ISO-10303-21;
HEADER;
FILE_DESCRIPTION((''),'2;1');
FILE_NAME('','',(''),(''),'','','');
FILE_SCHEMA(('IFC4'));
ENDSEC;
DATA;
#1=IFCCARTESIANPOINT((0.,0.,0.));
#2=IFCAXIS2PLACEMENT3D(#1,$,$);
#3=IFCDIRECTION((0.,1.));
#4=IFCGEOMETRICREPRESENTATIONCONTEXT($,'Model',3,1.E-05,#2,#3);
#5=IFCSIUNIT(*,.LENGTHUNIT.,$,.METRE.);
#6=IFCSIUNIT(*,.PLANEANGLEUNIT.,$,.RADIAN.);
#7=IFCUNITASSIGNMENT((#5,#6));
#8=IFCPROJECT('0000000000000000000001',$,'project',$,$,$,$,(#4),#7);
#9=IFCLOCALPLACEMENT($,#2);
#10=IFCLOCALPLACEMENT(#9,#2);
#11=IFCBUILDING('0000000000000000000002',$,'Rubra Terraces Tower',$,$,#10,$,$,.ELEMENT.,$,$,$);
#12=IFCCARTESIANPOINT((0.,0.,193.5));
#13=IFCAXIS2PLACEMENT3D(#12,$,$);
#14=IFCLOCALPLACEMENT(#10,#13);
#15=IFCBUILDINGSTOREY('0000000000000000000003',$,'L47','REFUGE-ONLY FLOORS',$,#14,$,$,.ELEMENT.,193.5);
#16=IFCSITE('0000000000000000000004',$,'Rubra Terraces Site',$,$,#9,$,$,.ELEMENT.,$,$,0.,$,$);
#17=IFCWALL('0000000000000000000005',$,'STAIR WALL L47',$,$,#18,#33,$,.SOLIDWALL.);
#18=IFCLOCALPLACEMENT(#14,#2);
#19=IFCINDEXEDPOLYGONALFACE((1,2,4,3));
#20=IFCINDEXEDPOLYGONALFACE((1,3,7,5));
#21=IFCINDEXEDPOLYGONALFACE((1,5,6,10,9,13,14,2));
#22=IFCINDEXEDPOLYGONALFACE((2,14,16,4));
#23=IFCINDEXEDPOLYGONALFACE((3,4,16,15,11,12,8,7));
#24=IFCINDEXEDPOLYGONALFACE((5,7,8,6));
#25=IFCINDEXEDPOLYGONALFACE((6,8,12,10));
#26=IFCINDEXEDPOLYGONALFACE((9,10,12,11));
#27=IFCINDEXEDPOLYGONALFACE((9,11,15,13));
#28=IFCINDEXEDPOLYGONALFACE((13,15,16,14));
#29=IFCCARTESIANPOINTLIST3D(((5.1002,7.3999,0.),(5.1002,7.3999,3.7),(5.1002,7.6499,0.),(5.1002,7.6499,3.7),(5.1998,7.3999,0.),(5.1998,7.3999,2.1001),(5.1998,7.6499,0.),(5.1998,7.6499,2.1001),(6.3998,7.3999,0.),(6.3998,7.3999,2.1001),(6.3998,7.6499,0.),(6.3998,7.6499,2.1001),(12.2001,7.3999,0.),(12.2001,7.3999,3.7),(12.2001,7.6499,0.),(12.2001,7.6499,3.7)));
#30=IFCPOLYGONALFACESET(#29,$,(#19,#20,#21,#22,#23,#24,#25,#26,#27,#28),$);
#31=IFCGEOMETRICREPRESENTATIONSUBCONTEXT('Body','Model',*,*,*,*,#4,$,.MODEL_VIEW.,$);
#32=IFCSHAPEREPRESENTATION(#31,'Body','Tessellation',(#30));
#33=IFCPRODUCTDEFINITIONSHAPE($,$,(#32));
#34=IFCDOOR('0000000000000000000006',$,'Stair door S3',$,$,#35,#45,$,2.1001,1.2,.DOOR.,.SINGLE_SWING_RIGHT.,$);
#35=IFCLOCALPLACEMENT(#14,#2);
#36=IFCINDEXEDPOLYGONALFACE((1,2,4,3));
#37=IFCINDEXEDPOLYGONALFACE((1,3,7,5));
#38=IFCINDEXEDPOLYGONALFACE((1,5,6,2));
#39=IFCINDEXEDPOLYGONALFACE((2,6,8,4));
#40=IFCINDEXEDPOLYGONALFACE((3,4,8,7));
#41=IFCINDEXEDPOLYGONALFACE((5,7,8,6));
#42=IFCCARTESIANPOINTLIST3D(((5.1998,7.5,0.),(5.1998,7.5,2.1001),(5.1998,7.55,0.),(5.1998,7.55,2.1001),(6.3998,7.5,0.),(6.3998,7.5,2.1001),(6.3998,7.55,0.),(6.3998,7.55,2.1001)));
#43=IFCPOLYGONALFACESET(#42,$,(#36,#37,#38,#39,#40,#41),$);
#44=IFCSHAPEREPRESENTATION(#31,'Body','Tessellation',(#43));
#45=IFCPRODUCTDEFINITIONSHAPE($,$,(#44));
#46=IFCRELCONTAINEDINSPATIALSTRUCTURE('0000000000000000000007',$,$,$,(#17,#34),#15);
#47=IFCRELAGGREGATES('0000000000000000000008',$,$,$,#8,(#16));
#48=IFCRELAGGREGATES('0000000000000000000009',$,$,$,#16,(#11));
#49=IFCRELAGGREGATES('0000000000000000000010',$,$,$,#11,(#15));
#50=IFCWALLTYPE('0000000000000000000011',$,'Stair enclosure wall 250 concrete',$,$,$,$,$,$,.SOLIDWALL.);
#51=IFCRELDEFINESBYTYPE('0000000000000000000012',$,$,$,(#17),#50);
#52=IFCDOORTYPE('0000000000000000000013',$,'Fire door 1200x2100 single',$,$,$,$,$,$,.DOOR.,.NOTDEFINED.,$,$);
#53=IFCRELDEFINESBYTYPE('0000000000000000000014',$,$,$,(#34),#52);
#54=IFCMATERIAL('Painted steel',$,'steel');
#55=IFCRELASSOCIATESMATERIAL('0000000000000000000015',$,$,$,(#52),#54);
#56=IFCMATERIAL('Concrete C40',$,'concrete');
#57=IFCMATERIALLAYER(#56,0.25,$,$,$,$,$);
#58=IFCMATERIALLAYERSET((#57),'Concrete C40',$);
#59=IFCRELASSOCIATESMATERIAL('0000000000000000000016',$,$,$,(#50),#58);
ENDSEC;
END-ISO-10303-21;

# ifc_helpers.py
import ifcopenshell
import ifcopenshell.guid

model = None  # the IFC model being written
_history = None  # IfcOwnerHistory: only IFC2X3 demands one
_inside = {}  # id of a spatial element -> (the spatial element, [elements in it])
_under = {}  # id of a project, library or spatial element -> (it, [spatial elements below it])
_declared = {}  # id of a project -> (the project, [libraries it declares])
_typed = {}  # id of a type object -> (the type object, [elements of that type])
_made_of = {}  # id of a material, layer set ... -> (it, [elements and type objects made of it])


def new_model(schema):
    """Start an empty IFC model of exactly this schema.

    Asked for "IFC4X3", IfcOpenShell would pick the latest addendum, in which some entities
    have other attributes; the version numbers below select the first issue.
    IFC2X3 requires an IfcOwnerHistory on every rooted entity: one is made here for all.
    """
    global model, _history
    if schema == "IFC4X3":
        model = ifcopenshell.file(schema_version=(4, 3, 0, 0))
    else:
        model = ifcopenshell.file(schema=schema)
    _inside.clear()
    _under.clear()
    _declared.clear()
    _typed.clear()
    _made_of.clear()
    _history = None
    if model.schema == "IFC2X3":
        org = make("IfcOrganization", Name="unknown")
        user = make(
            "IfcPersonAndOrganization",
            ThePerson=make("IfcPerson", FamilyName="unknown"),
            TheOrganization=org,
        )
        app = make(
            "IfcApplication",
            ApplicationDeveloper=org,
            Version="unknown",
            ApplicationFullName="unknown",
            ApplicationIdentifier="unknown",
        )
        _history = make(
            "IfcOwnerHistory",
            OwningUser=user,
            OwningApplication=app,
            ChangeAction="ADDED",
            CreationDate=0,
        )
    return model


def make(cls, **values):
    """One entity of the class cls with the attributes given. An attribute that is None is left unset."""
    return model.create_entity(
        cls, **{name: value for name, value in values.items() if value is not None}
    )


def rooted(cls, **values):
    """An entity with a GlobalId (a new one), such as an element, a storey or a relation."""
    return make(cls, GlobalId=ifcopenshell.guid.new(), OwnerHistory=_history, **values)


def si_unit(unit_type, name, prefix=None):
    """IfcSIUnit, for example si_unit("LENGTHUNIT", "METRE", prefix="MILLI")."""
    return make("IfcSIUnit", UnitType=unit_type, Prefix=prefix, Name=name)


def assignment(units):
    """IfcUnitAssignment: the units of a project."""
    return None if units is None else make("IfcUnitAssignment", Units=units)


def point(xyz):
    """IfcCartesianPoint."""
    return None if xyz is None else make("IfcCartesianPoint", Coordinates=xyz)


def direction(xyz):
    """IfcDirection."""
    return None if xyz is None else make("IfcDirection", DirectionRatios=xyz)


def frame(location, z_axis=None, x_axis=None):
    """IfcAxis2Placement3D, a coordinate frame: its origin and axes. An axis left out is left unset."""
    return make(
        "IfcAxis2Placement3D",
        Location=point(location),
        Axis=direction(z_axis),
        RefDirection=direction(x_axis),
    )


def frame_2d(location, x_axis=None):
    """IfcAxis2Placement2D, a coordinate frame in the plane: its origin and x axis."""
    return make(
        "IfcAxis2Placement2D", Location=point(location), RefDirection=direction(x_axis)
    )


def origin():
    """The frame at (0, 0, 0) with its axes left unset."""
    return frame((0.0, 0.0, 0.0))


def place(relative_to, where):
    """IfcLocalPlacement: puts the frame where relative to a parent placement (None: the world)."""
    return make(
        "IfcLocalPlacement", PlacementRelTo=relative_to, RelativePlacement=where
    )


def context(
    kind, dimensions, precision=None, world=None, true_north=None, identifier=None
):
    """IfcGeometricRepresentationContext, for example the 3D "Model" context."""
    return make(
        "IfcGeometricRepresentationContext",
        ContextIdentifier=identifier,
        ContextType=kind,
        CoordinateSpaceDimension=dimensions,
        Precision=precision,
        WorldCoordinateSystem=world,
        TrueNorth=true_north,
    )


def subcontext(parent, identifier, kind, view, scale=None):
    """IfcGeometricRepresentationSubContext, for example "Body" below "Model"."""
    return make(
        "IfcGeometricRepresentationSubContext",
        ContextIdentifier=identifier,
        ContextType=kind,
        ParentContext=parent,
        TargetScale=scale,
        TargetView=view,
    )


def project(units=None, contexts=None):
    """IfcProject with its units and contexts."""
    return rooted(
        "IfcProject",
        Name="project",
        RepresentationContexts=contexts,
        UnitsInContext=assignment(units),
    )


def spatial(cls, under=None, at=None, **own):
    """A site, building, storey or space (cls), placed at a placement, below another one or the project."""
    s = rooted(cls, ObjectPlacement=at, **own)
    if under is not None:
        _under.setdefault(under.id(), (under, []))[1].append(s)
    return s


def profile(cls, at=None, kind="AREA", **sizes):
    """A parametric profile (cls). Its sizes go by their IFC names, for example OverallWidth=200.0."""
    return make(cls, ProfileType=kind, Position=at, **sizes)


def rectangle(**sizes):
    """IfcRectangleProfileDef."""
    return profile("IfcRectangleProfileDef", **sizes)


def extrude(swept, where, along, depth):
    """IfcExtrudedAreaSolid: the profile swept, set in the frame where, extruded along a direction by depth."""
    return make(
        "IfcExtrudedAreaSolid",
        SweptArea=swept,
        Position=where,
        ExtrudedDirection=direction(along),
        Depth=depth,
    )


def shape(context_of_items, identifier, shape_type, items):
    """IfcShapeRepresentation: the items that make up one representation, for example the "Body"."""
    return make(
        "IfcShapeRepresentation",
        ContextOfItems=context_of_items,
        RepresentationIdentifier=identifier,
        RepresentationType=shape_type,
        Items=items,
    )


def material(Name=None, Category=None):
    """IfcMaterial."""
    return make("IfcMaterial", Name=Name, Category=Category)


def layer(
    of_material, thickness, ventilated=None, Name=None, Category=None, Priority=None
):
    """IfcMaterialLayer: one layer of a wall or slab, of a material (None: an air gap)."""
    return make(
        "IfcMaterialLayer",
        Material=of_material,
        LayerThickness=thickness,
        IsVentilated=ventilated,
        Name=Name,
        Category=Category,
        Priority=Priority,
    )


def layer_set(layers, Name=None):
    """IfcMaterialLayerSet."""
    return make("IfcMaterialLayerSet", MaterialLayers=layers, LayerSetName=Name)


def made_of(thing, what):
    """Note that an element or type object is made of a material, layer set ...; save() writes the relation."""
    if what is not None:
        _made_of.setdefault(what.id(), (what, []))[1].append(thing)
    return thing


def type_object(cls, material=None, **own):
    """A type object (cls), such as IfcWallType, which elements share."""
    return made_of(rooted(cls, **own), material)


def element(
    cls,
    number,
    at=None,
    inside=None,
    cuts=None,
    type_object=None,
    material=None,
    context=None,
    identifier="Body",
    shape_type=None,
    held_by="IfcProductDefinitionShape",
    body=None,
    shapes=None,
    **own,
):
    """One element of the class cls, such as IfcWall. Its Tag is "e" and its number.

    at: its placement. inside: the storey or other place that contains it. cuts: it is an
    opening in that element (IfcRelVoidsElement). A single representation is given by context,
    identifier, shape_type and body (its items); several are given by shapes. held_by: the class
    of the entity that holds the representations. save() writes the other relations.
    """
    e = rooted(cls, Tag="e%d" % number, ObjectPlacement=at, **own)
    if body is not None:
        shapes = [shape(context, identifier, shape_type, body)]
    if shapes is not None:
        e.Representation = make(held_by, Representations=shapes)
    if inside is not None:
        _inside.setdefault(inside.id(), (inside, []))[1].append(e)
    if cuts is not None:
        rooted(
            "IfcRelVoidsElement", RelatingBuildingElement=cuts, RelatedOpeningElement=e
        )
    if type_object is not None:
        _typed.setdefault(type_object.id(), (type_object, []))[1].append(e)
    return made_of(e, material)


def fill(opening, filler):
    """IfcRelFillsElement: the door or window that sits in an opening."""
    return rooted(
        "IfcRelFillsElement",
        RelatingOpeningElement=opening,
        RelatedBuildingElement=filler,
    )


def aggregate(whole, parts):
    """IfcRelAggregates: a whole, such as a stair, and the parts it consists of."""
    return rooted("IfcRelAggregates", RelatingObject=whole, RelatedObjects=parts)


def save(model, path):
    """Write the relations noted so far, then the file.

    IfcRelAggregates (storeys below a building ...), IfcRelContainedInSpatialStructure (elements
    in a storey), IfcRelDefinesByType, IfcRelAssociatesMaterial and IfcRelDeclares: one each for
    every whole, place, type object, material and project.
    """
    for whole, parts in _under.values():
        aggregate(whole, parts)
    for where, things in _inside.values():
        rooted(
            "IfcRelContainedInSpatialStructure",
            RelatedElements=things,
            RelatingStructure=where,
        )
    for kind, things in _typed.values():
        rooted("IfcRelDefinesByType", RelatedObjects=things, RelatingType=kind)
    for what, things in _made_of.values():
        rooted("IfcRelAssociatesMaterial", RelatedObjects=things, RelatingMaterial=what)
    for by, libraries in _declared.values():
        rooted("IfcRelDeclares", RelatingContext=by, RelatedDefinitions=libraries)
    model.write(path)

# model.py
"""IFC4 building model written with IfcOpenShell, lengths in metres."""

from ifc_helpers import new_model, si_unit, direction, frame, frame_2d, origin, place, context, subcontext, project, spatial, rectangle, extrude, material, layer, layer_set, type_object, element, fill, save


model = new_model("IFC4")

# Units and contexts
model_context = context("Model", 3, precision=1e-05, world=origin(), true_north=direction((0.0, 1.0)))
body_context = subcontext(model_context, "Body", "Model", "MODEL_VIEW")
ifc_project = project(units=[si_unit("LENGTHUNIT", "METRE"), si_unit("PLANEANGLEUNIT", "RADIAN")], contexts=[model_context])

# Site, building, storey
site_placement = place(None, origin())
site = spatial("IfcSite", under=ifc_project, at=site_placement, Name="Rubra Terraces Site", CompositionType="ELEMENT", RefElevation=0.0)
building_placement = place(site_placement, origin())
building = spatial("IfcBuilding", under=site, at=building_placement, Name="Rubra Terraces Tower", CompositionType="ELEMENT")
storey_placement = place(building_placement, frame((0.0, 0.0, 193.5)))
storey = spatial("IfcBuildingStorey", under=building, at=storey_placement, Name="L47", Description="REFUGE-ONLY FLOORS", CompositionType="ELEMENT", Elevation=193.5)

# Shared definitions
ifc_material_1 = material(Name="Concrete C40", Category="concrete")

# Shared definitions
ifc_material_2 = material(Name="Painted steel", Category="steel")
door_type_1 = type_object("IfcDoorType", Name="Fire door 1200x2100 single", OperationType="NOTDEFINED", PredefinedType="DOOR", material=ifc_material_2)

# Wall, opening, door
ifc_layer_1 = layer(ifc_material_1, 0.25)
ifc_layer_set_1 = layer_set([ifc_layer_1], Name="Concrete C40")
wall_type_1 = type_object("IfcWallType", Name="Stair enclosure wall 250 concrete", PredefinedType="SOLIDWALL", material=ifc_layer_set_1)
wall_1_placement = place(storey_placement, frame((12.2, 7.5249, 0.0), z_axis=(0.0, 0.0, 1.0), x_axis=(-1.0, 0.0, 0.0)))
wall_1 = element("IfcWall", 1, at=wall_1_placement, inside=storey, type_object=wall_type_1, Name="STAIR WALL L47", PredefinedType="SOLIDWALL", context=body_context, shape_type="SweptSolid", body=[
    extrude(rectangle(XDim=7.0999, YDim=0.25, at=frame_2d((3.5498, 0.0))), origin(), (0.0, 0.0, 1.0), 3.7),
])
opening_1_placement = place(wall_1_placement, frame((5.8, 0.0, 0.0)))
opening_1 = element("IfcOpeningElement", 2, at=opening_1_placement, cuts=wall_1, PredefinedType="OPENING", context=body_context, shape_type="SweptSolid", body=[
    extrude(rectangle(XDim=1.2, YDim=2.1001, at=frame_2d((0.6001, 1.05))), frame((0.0, 0.135, 0.0), z_axis=(0.0, -1.0, 0.0), x_axis=(1.0, 0.0, 0.0)), (0.0, 0.0, 1.0), 0.27),
])
door_1_placement = place(opening_1_placement, origin())
door_1 = element("IfcDoor", 3, at=door_1_placement, inside=storey, type_object=door_type_1, Name="Stair door S3", OperationType="SINGLE_SWING_RIGHT", OverallHeight=2.1001, OverallWidth=1.2, PredefinedType="DOOR", context=body_context, shape_type="SweptSolid", body=[
    extrude(rectangle(XDim=1.2, YDim=2.1001, at=frame_2d((0.6001, 1.05))), frame((0.0, 0.0249, 0.0), z_axis=(0.0, -1.0, 0.0), x_axis=(1.0, 0.0, 0.0)), (0.0, 0.0, 1.0), 0.05),
])
fill(opening_1, door_1)

save(model, "model.ifc")
